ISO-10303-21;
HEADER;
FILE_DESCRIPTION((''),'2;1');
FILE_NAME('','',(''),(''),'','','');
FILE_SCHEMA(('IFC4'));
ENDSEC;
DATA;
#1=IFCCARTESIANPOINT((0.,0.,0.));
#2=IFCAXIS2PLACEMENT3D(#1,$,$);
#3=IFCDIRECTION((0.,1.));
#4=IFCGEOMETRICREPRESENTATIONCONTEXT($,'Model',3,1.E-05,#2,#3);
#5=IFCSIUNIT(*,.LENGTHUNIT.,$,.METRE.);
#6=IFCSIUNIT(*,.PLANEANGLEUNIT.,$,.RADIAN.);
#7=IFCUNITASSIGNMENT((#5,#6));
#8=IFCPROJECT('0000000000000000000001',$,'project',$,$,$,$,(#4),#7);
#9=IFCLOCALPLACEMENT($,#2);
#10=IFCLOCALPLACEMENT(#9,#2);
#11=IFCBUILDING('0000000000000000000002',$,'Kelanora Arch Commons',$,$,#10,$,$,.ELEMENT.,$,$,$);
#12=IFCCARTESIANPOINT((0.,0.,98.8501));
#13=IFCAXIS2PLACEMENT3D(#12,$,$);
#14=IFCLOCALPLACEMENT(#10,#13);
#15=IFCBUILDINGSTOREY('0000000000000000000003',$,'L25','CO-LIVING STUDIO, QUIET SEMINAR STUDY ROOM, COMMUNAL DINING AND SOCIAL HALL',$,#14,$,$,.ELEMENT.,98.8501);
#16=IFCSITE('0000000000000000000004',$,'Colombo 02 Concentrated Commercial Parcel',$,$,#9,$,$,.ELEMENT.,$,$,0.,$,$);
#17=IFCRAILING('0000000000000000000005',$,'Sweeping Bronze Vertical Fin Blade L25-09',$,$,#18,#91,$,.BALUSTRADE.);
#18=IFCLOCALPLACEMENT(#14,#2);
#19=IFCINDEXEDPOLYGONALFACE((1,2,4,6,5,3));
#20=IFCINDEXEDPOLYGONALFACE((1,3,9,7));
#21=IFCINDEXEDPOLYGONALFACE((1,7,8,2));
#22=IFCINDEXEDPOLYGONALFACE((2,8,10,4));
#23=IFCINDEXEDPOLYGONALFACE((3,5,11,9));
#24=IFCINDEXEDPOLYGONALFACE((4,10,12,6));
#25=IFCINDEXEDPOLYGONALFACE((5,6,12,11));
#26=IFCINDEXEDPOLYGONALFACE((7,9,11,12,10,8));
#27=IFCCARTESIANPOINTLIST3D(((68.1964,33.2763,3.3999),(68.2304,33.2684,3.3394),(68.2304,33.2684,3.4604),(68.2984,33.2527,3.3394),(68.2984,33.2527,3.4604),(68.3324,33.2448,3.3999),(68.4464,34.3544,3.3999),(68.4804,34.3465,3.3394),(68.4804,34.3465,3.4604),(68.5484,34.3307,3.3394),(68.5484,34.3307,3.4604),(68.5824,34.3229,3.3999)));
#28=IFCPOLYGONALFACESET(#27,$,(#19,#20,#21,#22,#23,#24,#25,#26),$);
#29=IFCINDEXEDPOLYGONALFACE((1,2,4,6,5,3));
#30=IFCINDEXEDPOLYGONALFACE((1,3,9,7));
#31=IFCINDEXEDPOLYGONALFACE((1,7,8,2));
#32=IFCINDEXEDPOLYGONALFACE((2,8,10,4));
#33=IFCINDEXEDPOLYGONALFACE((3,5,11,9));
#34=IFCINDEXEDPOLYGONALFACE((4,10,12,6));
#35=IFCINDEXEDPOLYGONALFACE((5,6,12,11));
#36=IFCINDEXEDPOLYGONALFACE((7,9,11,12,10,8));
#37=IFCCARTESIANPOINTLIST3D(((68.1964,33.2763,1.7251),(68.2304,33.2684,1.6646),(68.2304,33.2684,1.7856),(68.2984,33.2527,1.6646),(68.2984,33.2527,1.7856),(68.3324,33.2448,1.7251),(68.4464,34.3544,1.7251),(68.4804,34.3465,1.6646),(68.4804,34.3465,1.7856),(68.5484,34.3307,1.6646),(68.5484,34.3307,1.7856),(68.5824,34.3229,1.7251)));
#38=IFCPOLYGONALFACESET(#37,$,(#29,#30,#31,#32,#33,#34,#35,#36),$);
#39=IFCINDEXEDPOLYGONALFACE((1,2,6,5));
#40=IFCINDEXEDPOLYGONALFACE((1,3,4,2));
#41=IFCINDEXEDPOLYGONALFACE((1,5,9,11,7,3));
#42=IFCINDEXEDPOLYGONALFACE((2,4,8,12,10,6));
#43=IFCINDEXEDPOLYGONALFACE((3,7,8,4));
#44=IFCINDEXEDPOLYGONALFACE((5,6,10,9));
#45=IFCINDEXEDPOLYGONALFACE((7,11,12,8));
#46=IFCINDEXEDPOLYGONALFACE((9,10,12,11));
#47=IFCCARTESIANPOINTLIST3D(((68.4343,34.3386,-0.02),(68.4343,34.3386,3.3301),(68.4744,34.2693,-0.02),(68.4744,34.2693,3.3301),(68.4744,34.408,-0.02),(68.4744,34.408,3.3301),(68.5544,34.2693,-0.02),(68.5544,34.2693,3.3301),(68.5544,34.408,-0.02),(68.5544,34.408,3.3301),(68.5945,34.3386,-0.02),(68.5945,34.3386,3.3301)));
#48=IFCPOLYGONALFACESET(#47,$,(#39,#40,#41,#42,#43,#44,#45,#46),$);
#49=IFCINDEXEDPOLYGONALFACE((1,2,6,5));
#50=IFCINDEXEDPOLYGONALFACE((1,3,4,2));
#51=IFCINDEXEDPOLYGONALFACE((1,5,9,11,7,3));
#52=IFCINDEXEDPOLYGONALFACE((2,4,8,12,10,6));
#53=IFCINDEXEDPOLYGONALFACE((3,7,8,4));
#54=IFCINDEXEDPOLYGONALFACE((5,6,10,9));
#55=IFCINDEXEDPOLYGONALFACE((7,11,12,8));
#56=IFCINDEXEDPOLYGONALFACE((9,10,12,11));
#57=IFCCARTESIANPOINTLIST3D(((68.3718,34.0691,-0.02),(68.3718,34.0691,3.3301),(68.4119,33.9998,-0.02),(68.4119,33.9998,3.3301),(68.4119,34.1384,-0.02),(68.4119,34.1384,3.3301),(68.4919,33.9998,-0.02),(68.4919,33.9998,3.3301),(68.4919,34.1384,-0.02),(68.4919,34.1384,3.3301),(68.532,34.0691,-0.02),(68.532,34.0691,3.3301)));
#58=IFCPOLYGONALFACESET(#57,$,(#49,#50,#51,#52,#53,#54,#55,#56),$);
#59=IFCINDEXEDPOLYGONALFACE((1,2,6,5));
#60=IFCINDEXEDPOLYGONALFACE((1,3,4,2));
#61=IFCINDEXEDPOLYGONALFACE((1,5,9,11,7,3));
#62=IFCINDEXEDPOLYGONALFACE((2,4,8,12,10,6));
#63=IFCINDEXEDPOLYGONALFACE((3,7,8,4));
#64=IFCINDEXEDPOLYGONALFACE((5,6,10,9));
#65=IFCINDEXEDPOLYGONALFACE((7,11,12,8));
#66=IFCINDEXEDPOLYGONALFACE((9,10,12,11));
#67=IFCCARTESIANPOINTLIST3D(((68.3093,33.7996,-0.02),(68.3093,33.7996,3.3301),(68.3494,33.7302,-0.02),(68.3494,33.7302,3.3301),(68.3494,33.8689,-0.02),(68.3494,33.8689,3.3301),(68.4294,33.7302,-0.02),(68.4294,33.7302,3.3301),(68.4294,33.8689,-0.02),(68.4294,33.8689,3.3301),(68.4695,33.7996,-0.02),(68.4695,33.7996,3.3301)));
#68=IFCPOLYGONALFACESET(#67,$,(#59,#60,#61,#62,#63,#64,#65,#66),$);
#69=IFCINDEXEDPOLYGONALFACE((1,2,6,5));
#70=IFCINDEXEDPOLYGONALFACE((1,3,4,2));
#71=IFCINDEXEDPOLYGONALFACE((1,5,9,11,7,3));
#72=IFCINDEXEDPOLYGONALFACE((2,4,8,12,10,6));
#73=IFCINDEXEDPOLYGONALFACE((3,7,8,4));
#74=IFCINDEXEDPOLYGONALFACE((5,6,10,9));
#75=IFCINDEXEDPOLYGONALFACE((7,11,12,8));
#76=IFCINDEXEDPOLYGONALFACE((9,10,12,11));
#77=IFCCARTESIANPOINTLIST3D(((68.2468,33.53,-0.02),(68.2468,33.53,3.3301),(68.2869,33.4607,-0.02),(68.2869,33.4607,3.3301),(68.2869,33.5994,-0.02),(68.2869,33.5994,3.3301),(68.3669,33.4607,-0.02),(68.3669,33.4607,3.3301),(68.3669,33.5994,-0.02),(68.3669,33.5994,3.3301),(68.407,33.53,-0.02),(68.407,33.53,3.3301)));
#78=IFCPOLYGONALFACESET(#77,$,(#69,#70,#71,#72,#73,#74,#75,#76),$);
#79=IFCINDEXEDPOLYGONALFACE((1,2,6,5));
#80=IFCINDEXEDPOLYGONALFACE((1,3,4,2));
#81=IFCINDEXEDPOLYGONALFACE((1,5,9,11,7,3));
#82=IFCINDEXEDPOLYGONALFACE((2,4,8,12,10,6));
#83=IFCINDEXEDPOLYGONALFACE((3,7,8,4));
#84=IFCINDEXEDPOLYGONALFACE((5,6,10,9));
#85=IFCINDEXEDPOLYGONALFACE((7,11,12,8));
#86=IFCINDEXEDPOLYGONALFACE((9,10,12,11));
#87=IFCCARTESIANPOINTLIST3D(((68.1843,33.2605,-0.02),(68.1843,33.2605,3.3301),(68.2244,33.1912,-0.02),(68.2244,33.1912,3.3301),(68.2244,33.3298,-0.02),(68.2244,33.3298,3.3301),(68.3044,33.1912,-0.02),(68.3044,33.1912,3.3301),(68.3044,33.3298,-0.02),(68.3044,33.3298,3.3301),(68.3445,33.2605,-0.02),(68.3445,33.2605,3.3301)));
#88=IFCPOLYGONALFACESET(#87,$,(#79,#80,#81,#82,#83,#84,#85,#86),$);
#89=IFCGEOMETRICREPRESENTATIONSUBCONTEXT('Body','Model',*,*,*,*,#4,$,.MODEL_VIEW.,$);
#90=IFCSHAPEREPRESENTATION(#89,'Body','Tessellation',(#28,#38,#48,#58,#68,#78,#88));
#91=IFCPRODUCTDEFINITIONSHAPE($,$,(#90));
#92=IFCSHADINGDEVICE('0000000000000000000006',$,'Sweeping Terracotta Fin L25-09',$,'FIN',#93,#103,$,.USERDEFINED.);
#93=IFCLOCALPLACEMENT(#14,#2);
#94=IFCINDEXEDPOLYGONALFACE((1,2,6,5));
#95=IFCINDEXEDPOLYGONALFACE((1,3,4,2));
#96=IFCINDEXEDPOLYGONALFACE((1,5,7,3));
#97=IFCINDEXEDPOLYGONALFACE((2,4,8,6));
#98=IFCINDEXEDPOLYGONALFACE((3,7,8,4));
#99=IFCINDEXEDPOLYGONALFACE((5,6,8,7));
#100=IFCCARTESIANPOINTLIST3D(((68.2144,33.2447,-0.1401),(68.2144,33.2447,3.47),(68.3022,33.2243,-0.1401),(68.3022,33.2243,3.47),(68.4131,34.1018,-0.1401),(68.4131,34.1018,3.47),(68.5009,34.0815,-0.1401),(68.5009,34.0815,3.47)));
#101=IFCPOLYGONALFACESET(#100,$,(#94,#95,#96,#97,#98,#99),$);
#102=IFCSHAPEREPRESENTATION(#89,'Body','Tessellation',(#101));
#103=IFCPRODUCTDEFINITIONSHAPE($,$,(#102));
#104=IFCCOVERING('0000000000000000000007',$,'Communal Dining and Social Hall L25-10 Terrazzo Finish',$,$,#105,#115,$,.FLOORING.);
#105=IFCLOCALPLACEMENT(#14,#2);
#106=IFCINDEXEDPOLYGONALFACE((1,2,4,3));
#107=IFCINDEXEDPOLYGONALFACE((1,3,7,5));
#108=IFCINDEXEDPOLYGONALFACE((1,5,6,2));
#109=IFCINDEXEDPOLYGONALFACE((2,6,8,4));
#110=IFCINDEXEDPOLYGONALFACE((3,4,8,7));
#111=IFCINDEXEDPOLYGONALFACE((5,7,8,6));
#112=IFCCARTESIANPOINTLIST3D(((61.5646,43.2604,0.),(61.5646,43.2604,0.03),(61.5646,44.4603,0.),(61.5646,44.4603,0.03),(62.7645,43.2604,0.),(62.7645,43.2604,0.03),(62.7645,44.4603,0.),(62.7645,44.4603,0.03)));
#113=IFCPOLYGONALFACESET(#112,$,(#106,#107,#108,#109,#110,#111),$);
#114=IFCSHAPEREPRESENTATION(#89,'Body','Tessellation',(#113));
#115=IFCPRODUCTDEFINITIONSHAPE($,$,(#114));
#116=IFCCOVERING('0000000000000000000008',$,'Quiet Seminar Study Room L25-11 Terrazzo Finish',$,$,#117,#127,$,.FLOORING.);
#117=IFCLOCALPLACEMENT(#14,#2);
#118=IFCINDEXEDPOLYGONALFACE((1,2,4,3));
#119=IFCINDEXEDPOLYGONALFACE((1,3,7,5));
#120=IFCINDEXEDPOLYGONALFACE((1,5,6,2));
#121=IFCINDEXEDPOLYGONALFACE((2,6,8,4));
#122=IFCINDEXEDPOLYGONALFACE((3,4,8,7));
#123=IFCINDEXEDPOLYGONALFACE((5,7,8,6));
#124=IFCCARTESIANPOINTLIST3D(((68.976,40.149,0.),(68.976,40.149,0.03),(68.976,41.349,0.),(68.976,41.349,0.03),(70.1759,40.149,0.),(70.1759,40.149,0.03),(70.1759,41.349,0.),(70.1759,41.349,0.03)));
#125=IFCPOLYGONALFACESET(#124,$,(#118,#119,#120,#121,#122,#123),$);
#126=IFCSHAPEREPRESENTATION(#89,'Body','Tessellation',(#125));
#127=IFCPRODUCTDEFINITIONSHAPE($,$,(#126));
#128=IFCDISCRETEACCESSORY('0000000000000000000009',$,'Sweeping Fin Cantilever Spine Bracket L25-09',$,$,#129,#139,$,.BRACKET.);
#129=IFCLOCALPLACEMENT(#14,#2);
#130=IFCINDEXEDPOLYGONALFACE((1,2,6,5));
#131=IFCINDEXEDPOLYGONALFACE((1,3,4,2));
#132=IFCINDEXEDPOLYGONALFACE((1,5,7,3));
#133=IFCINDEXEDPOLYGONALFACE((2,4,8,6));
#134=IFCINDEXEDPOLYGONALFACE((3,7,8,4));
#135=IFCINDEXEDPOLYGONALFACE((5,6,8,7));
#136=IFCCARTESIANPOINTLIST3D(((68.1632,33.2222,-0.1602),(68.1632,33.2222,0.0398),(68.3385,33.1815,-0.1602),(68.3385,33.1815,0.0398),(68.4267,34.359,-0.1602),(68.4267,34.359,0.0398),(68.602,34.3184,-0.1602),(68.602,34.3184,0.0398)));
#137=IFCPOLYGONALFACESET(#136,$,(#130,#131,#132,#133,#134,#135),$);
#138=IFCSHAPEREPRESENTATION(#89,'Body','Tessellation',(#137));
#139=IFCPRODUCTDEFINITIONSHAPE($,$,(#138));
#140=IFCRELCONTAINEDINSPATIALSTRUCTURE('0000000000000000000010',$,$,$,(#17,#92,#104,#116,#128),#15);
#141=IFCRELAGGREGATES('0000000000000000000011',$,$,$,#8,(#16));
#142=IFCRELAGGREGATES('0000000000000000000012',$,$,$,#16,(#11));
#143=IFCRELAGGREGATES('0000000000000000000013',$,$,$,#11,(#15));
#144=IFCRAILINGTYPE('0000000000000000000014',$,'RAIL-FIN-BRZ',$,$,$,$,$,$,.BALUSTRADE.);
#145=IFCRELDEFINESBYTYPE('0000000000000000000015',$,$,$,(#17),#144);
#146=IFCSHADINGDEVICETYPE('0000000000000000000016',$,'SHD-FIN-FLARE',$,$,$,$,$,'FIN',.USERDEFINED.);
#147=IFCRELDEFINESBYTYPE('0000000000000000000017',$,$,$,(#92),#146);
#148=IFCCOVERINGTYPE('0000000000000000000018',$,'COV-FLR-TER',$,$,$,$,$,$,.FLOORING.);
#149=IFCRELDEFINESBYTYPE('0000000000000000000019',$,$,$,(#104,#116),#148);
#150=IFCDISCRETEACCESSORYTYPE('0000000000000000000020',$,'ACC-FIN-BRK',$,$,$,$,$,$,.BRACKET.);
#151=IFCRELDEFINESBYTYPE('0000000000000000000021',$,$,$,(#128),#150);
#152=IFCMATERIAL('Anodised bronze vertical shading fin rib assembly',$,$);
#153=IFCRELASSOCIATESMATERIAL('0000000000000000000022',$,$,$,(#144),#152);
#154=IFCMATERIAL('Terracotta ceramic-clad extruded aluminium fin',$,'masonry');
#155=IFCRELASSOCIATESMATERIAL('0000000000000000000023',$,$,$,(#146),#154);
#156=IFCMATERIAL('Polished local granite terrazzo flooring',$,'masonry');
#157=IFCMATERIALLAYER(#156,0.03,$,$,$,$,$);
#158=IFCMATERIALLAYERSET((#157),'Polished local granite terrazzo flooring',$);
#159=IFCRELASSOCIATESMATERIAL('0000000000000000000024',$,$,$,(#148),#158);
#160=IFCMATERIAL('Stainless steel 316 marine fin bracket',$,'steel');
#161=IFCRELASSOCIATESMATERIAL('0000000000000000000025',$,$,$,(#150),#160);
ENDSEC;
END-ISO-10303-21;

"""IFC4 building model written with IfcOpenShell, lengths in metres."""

from ifc_helpers import new_model, si_unit, direction, frame, origin, origin_2d, place, context, subcontext, project, spatial, polyline, rectangle, outline, extrude, source, transform, mapped, material, layer, layer_set, type_object, element, save


model = new_model("IFC4")

# Units and contexts
model_context = context("Model", 3, precision=1e-05, world=origin(), true_north=direction((0.0, 1.0)))
body_context = subcontext(model_context, "Body", "Model", "MODEL_VIEW")
ifc_project = project(units=[si_unit("LENGTHUNIT", "METRE"), si_unit("PLANEANGLEUNIT", "RADIAN")], contexts=[model_context])

# Site, building, storey
site_placement = place(None, origin())
site = spatial("IfcSite", under=ifc_project, at=site_placement, Name="Colombo 02 Concentrated Commercial Parcel", CompositionType="ELEMENT", RefElevation=0.0)
building_placement = place(site_placement, origin())
building = spatial("IfcBuilding", under=site, at=building_placement, Name="Kelanora Arch Commons", CompositionType="ELEMENT")
storey_placement = place(building_placement, frame((0.0, 0.0, 98.8501)))
storey = spatial("IfcBuildingStorey", under=building, at=storey_placement, Name="L25", Description="CO-LIVING STUDIO, QUIET SEMINAR STUDY ROOM, COMMUNAL DINING AND SOCIAL HALL", CompositionType="ELEMENT", Elevation=98.8501)

# Railing
ifc_material_1 = material(Name="Anodised bronze vertical shading fin rib assembly")
railing_type = type_object("IfcRailingType", Name="RAIL-FIN-BRZ", PredefinedType="BALUSTRADE", material=ifc_material_1)
railing_placement = place(storey_placement, frame((68.5144, 34.3386, -0.02)))
element("IfcRailing", 1, at=railing_placement, inside=storey, type_object=railing_type, Name="Sweeping Bronze Vertical Fin Blade L25-09", PredefinedType="BALUSTRADE", context=body_context, shape_type="SweptSolid", body=[
    extrude(outline(polyline([(0.0698, 0.0), (0.0349, 0.0605), (-0.0349, 0.0605), (-0.0698, 0.0), (-0.0349, -0.0605), (0.0349, -0.0605), (0.0698, 0.0)])), frame((0.0, 0.0, 3.4199), z_axis=(-0.22589, -0.974153, 0.0), x_axis=(0.974153, -0.22589, 0.0)), (0.0, 0.0, 1.0), 1.1067),
    extrude(outline(polyline([(0.0698, 0.0), (0.0349, 0.0605), (-0.0349, 0.0605), (-0.0698, 0.0), (-0.0349, -0.0605), (0.0349, -0.0605), (0.0698, 0.0)])), frame((0.0, 0.0, 1.7451), z_axis=(-0.22589, -0.974153, 0.0), x_axis=(0.974153, -0.22589, 0.0)), (0.0, 0.0, 1.0), 1.1067),
    extrude(outline(polyline([(0.0801, 0.0), (0.04, 0.0693), (-0.04, 0.0693), (-0.0801, 0.0), (-0.04, -0.0693), (0.04, -0.0693), (0.0801, 0.0)])), origin(), (0.0, 0.0, 1.0), 3.3501),
    extrude(outline(polyline([(0.0801, 0.0), (0.04, 0.0693), (-0.04, 0.0693), (-0.0801, 0.0), (-0.04, -0.0693), (0.04, -0.0693), (0.0801, 0.0)])), frame((-0.0625, -0.2695, 0.0)), (0.0, 0.0, 1.0), 3.3501),
    extrude(outline(polyline([(0.0801, 0.0), (0.04, 0.0693), (-0.04, 0.0693), (-0.0801, 0.0), (-0.04, -0.0693), (0.04, -0.0693), (0.0801, 0.0)])), frame((-0.125, -0.5391, 0.0)), (0.0, 0.0, 1.0), 3.3501),
    extrude(outline(polyline([(0.0801, 0.0), (0.04, 0.0693), (-0.04, 0.0693), (-0.0801, 0.0), (-0.04, -0.0693), (0.04, -0.0693), (0.0801, 0.0)])), frame((-0.1875, -0.8086, 0.0)), (0.0, 0.0, 1.0), 3.3501),
    extrude(outline(polyline([(0.0801, 0.0), (0.04, 0.0693), (-0.04, 0.0693), (-0.0801, 0.0), (-0.04, -0.0693), (0.04, -0.0693), (0.0801, 0.0)])), frame((-0.25, -1.0781, 0.0)), (0.0, 0.0, 1.0), 3.3501),
])

# Shading device
ifc_material_2 = material(Name="Terracotta ceramic-clad extruded aluminium fin", Category="masonry")
shading_device_type = type_object("IfcShadingDeviceType", Name="SHD-FIN-FLARE", ElementType="FIN", PredefinedType="USERDEFINED", material=ifc_material_2)
shared_shape_1 = source(origin(), body_context, "Body", "SweptSolid", [
    extrude(rectangle(XDim=0.8799, YDim=0.0901, at=origin_2d()), origin(), (0.0, 0.0, 1.0), 3.6101),
])
shading_device_placement = place(storey_placement, frame((68.3577, 33.6631, -0.1401), z_axis=(0.0, 0.0, 1.0), x_axis=(-0.225801, -0.974173, 0.0)))
element("IfcShadingDevice", 2, at=shading_device_placement, inside=storey, type_object=shading_device_type, Name="Sweeping Terracotta Fin L25-09", ObjectType="FIN", PredefinedType="USERDEFINED", context=body_context, shape_type="MappedRepresentation", body=[
    mapped(shared_shape_1, transform((0.0, 0.0, 0.0), scale=1.0)),
])

# Coverings
ifc_material_3 = material(Name="Polished local granite terrazzo flooring", Category="masonry")
ifc_layer_1 = layer(ifc_material_3, 0.03)
ifc_layer_set_1 = layer_set([ifc_layer_1], Name="Polished local granite terrazzo flooring")
covering_type = type_object("IfcCoveringType", Name="COV-FLR-TER", PredefinedType="FLOORING", material=ifc_layer_set_1)
shared_shape_2 = source(origin(), body_context, "Body", "SweptSolid", [
    extrude(rectangle(XDim=1.2, YDim=1.2, at=origin_2d()), origin(), (0.0, 0.0, 1.0), 0.03),
])
for number, where, z_axis, x_axis, name in (
    (3, (62.1646, 43.8604, 0.0), (0.0, 0.0, 1.0), (1.0, 0.0, 0.0), "Communal Dining and Social Hall L25-10 Terrazzo Finish"),
    (4, (69.5759, 40.749, 0.0), (0.0, 0.0, 1.0), (1.0, 0.0, 0.0), "Quiet Seminar Study Room L25-11 Terrazzo Finish"),
):
    element("IfcCovering", number, at=place(storey_placement, frame(where, z_axis=z_axis, x_axis=x_axis)), inside=storey, type_object=covering_type, Name=name, PredefinedType="FLOORING", context=body_context, shape_type="MappedRepresentation", body=[
        mapped(shared_shape_2, transform((0.0, 0.0, 0.0), scale=1.0)),
    ])

# Discrete accessory
ifc_material_4 = material(Name="Stainless steel 316 marine fin bracket", Category="steel")
discrete_accessory_type = type_object("IfcDiscreteAccessoryType", Name="ACC-FIN-BRK", PredefinedType="BRACKET", material=ifc_material_4)
shared_shape_3 = source(origin(), body_context, "Body", "SweptSolid", [
    extrude(rectangle(XDim=1.167, YDim=0.1799, at=origin_2d()), origin(), (0.0, 0.0, 1.0), 0.2),
])
discrete_accessory_placement = place(storey_placement, frame((68.3826, 33.7703, -0.1602), z_axis=(0.0, 0.0, 1.0), x_axis=(-0.225801, -0.974173, 0.0)))
element("IfcDiscreteAccessory", 5, at=discrete_accessory_placement, inside=storey, type_object=discrete_accessory_type, Name="Sweeping Fin Cantilever Spine Bracket L25-09", PredefinedType="BRACKET", context=body_context, shape_type="MappedRepresentation", body=[
    mapped(shared_shape_3, transform((0.0, 0.0, 0.0), scale=1.0)),
])

save(model, "model.ifc")
